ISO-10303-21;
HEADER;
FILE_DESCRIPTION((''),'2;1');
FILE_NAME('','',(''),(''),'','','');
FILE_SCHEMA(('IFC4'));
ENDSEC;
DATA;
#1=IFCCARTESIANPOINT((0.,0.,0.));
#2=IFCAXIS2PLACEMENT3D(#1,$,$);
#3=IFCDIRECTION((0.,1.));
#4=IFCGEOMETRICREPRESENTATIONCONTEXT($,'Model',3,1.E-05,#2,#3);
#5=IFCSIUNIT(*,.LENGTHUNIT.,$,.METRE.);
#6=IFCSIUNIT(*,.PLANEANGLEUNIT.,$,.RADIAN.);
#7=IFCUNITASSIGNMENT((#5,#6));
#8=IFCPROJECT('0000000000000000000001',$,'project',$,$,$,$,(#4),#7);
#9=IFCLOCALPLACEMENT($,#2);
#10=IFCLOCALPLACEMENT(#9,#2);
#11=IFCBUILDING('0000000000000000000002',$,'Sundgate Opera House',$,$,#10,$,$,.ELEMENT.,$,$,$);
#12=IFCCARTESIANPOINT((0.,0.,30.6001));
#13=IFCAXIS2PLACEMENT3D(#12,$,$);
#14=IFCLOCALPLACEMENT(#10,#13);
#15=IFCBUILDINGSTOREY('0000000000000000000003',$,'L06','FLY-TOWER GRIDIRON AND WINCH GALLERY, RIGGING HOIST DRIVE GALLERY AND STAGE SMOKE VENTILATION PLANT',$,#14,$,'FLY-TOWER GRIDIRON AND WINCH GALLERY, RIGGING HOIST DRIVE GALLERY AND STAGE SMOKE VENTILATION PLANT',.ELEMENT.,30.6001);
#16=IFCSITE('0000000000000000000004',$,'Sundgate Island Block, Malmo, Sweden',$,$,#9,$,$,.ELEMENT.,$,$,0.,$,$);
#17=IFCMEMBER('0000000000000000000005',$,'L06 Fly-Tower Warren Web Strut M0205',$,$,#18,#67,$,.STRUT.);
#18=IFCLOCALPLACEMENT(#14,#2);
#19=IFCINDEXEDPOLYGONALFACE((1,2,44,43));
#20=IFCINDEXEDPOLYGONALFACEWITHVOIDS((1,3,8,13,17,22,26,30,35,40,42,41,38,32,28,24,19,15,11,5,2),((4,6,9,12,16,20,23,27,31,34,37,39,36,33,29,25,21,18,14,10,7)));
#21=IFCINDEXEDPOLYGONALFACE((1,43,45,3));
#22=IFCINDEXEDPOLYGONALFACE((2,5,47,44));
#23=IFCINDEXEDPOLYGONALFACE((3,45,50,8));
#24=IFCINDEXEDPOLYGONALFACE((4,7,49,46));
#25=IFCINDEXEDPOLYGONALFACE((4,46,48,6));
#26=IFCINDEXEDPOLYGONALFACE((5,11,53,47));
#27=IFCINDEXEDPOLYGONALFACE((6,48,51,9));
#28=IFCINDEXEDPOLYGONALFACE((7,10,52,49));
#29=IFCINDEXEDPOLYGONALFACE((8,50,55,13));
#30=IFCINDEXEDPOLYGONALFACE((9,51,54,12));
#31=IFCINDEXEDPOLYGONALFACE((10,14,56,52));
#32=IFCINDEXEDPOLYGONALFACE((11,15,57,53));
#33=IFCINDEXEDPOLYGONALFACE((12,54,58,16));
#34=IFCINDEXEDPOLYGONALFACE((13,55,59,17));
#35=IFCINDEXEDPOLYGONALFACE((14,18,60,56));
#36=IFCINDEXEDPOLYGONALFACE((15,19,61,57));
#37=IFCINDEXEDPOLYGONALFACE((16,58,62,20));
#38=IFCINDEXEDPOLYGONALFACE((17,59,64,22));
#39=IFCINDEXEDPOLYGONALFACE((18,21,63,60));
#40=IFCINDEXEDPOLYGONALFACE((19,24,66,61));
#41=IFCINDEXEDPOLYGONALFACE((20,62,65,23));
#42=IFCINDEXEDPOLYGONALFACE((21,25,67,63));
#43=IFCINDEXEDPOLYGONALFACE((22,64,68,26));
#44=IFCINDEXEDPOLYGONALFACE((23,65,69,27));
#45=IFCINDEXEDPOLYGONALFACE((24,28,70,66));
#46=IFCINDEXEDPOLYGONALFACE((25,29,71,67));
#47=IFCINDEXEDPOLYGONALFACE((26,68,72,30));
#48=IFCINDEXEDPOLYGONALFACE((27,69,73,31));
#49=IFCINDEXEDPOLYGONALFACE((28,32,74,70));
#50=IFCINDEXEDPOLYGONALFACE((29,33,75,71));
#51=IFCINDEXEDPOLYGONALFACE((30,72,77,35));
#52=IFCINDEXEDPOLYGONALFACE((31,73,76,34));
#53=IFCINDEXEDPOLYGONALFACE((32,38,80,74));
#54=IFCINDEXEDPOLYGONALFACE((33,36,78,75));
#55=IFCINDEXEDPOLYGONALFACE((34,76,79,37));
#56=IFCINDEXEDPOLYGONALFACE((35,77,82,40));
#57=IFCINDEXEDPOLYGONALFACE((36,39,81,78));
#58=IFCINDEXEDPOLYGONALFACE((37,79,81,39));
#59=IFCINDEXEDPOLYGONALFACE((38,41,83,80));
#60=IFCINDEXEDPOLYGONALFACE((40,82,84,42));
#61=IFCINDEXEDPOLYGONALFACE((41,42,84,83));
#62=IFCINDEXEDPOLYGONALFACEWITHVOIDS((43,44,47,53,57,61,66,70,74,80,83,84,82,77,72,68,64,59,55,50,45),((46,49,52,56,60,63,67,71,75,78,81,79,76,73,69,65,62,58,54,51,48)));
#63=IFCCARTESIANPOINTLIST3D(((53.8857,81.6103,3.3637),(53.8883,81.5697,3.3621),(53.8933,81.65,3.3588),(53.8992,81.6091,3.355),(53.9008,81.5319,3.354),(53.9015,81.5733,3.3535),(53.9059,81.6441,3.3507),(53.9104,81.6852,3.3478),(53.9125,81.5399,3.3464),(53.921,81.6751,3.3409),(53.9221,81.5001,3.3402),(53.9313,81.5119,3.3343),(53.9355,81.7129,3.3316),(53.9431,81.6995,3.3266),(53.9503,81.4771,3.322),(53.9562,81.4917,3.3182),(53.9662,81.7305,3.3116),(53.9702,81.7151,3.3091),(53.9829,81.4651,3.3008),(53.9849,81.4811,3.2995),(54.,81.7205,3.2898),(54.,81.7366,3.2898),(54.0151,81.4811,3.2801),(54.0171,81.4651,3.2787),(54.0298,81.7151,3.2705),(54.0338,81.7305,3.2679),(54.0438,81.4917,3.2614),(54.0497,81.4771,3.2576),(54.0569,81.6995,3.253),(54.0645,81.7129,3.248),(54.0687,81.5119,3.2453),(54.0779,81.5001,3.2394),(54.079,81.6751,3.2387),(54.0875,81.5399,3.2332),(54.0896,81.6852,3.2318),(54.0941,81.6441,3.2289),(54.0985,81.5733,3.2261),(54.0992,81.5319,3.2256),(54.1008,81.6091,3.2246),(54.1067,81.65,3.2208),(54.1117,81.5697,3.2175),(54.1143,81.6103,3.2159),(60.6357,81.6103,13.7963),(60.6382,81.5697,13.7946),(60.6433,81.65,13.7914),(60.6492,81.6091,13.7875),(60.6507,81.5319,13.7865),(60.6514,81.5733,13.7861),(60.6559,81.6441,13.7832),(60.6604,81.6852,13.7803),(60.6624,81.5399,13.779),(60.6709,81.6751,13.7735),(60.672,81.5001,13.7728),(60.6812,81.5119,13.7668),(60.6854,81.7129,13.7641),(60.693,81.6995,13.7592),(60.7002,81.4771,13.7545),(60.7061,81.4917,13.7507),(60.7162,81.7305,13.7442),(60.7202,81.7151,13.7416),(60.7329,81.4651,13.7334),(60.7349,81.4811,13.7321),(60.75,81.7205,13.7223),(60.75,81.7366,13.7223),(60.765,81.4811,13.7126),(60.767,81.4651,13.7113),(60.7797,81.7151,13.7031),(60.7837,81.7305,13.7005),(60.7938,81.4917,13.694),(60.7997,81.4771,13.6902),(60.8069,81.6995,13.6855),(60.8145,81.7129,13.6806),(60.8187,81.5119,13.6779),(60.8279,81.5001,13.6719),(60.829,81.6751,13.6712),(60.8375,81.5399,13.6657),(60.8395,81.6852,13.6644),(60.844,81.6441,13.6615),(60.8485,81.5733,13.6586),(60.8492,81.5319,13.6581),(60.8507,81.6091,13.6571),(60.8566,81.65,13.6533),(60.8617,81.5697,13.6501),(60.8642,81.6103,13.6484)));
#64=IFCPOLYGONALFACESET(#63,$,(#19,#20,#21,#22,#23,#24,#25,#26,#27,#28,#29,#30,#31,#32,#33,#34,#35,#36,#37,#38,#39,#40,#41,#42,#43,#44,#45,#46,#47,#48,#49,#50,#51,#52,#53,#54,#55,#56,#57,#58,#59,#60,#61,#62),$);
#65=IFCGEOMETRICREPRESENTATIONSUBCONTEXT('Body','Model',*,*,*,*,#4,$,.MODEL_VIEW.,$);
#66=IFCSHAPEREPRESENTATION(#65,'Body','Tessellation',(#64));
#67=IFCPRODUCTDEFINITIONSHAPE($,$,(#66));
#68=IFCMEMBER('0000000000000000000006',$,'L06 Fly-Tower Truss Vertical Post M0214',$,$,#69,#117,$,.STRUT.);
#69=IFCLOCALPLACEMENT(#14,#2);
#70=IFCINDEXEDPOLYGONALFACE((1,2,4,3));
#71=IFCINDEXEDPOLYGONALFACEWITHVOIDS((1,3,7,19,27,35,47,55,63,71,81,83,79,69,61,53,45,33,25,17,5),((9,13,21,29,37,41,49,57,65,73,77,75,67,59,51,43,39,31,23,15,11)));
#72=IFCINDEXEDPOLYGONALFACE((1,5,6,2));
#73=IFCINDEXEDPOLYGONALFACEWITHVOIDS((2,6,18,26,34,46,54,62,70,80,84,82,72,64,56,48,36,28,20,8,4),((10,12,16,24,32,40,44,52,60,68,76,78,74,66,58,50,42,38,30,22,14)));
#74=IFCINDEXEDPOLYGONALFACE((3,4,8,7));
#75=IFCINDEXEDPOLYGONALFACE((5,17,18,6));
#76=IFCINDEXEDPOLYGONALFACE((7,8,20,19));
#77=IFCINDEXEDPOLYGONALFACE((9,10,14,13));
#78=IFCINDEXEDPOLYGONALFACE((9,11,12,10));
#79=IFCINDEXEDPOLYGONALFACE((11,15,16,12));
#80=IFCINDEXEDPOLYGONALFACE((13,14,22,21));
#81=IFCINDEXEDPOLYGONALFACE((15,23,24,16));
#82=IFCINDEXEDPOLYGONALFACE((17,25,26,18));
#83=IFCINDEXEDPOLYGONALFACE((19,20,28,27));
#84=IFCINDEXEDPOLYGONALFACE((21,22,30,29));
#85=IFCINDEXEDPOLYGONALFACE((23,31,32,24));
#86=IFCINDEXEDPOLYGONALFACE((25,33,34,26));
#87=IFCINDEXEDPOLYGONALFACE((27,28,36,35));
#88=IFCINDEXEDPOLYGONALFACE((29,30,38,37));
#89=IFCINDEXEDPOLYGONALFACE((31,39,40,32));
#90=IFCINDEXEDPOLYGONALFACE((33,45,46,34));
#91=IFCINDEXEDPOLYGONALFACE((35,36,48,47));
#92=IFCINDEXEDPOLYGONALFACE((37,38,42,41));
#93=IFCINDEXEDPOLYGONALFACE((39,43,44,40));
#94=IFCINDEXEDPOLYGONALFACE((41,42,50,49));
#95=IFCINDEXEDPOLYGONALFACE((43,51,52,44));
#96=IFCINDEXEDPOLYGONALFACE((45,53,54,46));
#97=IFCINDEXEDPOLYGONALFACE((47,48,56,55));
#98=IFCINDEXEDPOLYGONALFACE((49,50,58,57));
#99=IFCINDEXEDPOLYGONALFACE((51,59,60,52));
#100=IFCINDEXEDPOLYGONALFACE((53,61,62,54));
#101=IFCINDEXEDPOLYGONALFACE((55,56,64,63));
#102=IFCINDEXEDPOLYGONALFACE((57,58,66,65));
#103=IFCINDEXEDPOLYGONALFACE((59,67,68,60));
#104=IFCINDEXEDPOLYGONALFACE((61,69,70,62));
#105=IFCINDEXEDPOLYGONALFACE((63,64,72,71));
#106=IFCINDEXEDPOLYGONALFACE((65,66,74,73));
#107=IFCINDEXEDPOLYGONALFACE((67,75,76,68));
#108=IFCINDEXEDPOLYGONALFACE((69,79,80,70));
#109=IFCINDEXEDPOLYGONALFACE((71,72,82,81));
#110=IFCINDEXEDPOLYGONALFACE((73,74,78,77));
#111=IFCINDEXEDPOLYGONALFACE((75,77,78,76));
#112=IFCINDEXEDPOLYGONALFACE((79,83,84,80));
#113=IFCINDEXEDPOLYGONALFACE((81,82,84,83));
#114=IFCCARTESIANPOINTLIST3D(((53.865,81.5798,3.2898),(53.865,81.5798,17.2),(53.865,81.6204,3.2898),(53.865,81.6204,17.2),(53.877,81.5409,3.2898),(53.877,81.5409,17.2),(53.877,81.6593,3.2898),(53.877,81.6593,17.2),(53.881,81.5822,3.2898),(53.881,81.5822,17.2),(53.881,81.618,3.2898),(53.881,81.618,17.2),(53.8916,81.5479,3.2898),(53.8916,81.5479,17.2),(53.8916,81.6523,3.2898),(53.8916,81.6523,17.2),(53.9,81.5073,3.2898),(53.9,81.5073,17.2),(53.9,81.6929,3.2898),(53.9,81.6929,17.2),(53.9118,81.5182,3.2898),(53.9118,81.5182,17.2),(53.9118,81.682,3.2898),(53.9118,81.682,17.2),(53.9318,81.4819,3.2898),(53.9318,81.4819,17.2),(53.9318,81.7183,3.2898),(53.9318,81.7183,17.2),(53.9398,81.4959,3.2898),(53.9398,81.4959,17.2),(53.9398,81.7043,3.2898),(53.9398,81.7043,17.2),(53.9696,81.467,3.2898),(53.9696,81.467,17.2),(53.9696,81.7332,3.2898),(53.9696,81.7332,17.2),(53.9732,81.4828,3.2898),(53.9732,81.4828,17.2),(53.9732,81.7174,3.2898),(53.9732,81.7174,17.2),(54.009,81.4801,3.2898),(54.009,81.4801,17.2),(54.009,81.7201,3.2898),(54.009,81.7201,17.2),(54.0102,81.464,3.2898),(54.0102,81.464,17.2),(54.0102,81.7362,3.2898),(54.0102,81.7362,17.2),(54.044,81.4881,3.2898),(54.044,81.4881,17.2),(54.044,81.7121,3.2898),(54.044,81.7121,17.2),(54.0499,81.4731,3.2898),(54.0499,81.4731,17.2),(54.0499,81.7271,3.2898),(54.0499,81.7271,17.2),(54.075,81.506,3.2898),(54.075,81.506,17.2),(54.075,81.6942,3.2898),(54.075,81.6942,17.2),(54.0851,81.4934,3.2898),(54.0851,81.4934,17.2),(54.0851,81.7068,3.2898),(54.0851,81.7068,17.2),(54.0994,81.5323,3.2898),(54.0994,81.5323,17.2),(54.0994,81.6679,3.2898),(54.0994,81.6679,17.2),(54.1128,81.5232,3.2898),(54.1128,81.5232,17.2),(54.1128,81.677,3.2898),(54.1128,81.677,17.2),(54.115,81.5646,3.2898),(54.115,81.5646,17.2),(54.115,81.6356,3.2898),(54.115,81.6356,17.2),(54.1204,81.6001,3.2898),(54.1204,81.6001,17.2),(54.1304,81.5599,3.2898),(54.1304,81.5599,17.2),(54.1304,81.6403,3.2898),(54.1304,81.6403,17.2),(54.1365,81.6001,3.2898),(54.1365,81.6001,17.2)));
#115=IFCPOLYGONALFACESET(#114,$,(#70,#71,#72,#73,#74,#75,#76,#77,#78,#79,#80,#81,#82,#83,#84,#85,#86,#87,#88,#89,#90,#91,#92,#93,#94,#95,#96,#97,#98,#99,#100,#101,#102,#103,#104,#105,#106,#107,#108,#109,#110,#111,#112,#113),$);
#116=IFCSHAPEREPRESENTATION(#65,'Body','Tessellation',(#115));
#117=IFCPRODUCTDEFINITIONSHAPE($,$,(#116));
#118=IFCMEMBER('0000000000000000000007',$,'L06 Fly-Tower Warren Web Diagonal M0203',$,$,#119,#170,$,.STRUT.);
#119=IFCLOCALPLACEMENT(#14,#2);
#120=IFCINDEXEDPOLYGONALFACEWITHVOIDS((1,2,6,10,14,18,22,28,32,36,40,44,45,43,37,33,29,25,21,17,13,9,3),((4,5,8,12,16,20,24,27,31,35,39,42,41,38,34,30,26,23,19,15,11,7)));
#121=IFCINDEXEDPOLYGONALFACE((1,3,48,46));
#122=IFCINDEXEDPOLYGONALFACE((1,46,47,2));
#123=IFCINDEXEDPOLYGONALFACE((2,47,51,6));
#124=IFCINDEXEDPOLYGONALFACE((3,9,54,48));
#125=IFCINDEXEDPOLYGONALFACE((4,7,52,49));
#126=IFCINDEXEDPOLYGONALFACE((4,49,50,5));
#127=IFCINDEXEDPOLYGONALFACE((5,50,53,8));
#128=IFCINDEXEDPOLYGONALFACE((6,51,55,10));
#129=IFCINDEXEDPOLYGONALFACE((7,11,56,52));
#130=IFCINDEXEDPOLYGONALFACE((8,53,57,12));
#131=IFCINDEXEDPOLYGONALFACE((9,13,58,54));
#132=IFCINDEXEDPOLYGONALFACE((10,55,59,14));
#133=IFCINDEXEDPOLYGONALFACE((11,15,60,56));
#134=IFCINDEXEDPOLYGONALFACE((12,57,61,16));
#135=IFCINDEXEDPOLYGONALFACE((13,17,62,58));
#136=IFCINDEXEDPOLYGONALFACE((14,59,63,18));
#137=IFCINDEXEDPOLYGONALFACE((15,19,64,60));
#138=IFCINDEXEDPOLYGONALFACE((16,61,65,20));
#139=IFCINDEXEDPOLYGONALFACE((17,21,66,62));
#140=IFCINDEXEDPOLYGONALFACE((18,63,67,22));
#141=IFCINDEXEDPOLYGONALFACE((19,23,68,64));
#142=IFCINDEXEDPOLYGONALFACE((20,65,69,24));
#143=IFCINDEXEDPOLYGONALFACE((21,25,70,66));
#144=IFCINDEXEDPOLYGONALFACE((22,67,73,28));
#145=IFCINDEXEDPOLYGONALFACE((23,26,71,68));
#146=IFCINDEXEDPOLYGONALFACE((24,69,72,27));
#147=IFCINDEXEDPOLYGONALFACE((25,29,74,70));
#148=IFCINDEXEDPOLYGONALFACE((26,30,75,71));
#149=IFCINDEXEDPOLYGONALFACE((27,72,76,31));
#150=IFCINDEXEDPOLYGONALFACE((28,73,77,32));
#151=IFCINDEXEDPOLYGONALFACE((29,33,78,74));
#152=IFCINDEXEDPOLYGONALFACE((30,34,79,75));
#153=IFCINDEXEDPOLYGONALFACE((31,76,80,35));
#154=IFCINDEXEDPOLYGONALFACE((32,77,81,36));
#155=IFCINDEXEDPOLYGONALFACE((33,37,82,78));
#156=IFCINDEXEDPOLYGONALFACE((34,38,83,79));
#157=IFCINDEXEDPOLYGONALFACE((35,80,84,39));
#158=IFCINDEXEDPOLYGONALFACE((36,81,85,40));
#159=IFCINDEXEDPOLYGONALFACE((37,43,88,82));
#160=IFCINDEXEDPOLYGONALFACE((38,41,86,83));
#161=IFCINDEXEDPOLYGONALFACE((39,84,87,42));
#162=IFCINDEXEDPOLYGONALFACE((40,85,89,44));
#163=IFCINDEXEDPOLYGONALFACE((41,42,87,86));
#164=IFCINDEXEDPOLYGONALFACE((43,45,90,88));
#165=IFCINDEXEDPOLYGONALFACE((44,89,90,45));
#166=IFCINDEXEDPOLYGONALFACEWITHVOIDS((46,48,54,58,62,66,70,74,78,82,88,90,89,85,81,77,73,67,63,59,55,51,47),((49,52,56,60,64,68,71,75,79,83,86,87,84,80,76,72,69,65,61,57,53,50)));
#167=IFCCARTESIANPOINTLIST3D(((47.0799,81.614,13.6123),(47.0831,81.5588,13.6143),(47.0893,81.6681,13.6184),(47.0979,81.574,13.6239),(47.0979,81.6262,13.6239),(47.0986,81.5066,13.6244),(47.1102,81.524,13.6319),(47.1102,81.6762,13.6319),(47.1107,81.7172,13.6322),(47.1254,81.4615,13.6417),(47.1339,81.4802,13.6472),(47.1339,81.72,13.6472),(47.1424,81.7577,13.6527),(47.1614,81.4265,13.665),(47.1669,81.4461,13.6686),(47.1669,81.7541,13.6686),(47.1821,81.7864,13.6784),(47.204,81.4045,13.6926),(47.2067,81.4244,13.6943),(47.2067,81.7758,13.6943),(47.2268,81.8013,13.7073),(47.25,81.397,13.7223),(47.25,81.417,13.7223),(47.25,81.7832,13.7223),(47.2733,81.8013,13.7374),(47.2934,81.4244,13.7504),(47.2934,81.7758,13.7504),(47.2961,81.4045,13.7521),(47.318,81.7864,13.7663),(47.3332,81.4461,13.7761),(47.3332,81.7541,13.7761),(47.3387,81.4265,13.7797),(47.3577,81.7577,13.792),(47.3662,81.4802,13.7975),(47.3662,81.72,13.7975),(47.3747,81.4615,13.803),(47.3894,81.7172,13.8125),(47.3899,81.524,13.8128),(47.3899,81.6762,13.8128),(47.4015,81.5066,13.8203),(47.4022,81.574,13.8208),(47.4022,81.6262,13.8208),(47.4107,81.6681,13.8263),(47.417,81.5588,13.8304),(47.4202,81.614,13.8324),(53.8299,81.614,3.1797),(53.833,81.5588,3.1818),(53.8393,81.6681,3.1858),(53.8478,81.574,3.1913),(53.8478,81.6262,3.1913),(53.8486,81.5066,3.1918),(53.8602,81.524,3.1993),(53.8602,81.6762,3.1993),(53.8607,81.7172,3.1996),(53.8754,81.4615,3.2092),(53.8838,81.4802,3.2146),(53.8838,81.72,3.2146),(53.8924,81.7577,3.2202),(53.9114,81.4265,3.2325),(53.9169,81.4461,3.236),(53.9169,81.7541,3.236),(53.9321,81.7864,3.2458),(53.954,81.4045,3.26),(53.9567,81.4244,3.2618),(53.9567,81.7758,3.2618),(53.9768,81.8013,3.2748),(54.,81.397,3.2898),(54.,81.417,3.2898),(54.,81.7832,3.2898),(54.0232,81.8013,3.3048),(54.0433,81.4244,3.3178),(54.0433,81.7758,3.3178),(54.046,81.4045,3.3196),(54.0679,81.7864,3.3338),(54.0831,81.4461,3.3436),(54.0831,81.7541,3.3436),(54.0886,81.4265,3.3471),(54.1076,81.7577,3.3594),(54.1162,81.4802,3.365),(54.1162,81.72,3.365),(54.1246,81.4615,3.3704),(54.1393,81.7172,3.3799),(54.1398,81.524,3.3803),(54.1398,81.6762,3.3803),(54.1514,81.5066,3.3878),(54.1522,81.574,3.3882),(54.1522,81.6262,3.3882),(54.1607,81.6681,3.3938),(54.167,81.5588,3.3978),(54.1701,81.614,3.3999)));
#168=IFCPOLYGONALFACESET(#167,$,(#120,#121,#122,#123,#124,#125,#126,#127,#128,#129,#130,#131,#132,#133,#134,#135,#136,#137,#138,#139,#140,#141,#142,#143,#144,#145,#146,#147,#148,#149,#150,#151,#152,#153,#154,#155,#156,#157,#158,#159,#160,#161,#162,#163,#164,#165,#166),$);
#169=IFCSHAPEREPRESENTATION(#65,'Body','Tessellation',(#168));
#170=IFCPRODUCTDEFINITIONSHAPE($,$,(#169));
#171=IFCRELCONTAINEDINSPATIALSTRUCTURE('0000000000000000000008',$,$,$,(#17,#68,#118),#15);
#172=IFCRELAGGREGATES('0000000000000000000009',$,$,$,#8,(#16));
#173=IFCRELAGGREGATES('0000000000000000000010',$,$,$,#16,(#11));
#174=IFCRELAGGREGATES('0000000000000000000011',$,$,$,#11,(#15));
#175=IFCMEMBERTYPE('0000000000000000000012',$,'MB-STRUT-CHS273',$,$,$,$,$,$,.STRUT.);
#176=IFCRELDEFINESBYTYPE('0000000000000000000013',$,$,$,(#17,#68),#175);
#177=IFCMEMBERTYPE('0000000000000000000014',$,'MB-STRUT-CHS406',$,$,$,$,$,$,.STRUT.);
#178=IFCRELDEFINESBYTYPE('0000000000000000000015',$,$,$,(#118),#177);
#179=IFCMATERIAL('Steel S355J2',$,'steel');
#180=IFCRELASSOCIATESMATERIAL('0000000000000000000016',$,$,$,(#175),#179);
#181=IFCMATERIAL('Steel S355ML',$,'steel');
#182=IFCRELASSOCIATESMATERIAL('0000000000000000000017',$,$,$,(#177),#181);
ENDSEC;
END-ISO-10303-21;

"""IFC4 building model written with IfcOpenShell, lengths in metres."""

from ifc_helpers import new_model, si_unit, direction, frame, origin, origin_2d, place, context, subcontext, project, spatial, hollow_circle, extrude, material, material_profile, profile_set, type_object, element, save


model = new_model("IFC4")

# Units and contexts
model_context = context("Model", 3, precision=1e-05, world=origin(), true_north=direction((0.0, 1.0)))
body_context = subcontext(model_context, "Body", "Model", "MODEL_VIEW")
ifc_project = project(units=[si_unit("LENGTHUNIT", "METRE"), si_unit("PLANEANGLEUNIT", "RADIAN")], contexts=[model_context])

# Site, building, storey
site_placement = place(None, origin())
site = spatial("IfcSite", under=ifc_project, at=site_placement, Name="Sundgate Island Block, Malmo, Sweden", CompositionType="ELEMENT", RefElevation=0.0)
building_placement = place(site_placement, origin())
building = spatial("IfcBuilding", under=site, at=building_placement, Name="Sundgate Opera House", CompositionType="ELEMENT")
storey_placement = place(building_placement, frame((0.0, 0.0, 30.6001)))
storey = spatial("IfcBuildingStorey", under=building, at=storey_placement, Name="L06", Description="FLY-TOWER GRIDIRON AND WINCH GALLERY, RIGGING HOIST DRIVE GALLERY AND STAGE SMOKE VENTILATION PLANT", LongName="FLY-TOWER GRIDIRON AND WINCH GALLERY, RIGGING HOIST DRIVE GALLERY AND STAGE SMOKE VENTILATION PLANT", CompositionType="ELEMENT", Elevation=30.6001)

# Members
ifc_material_1 = material(Name="Steel S355J2", Category="steel")
ifc_material_profile_1 = material_profile(ifc_material_1, hollow_circle(Radius=0.1365, WallThickness=0.0161, at=origin_2d()), Name="CHS 273.0x16.0")
ifc_profile_set_1 = profile_set([ifc_material_profile_1], Name="Steel S355J2")
member_type_1 = type_object("IfcMemberType", Name="MB-STRUT-CHS273", PredefinedType="STRUT", material=ifc_profile_set_1)
member_1_placement = place(storey_placement, frame((54.0, 81.6001, 3.2898), z_axis=(0.543222, 0.0, 0.839589), x_axis=(0.0, 1.0, 0.0)))
element("IfcMember", 1, at=member_1_placement, inside=storey, type_object=member_type_1, Name="L06 Fly-Tower Warren Web Strut M0205", PredefinedType="STRUT", context=body_context, shape_type="SweptSolid", body=[
    extrude(hollow_circle(Radius=0.1365, WallThickness=0.0161, at=origin_2d()), origin(), (0.0, 0.0, 1.0), 12.4258),
])
member_2_placement = place(storey_placement, frame((54.0, 81.6001, 3.2898), z_axis=(0.0, 0.0, 1.0), x_axis=(1.0, 0.0, 0.0)))
element("IfcMember", 2, at=member_2_placement, inside=storey, type_object=member_type_1, Name="L06 Fly-Tower Truss Vertical Post M0214", PredefinedType="STRUT", context=body_context, shape_type="SweptSolid", body=[
    extrude(hollow_circle(Radius=0.1365, WallThickness=0.0161, at=origin_2d()), origin(), (0.0, 0.0, 1.0), 13.9102),
])
ifc_material_2 = material(Name="Steel S355ML", Category="steel")
ifc_material_profile_2 = material_profile(ifc_material_2, hollow_circle(Radius=0.2031, WallThickness=0.02, at=origin_2d()), Name="CHS 406.4x20.0")
ifc_profile_set_2 = profile_set([ifc_material_profile_2], Name="Steel S355ML")
member_type_2 = type_object("IfcMemberType", Name="MB-STRUT-CHS406", PredefinedType="STRUT", material=ifc_profile_set_2)
for number, where, z_axis, x_axis, name in (
    (3, (54.0, 81.6001, 3.2898), (-0.543222, 0.0, 0.839589), (0.0, -1.0, 0.0), "L06 Fly-Tower Warren Web Diagonal M0203"),
):
    element("IfcMember", number, at=place(storey_placement, frame(where, z_axis=z_axis, x_axis=x_axis)), inside=storey, type_object=member_type_2, Name=name, PredefinedType="STRUT", context=body_context, shape_type="SweptSolid", body=[
        extrude(hollow_circle(Radius=0.2031, WallThickness=0.02, at=origin_2d()), origin(), (0.0, 0.0, 1.0), 12.4258),
    ])

save(model, "model.ifc")
